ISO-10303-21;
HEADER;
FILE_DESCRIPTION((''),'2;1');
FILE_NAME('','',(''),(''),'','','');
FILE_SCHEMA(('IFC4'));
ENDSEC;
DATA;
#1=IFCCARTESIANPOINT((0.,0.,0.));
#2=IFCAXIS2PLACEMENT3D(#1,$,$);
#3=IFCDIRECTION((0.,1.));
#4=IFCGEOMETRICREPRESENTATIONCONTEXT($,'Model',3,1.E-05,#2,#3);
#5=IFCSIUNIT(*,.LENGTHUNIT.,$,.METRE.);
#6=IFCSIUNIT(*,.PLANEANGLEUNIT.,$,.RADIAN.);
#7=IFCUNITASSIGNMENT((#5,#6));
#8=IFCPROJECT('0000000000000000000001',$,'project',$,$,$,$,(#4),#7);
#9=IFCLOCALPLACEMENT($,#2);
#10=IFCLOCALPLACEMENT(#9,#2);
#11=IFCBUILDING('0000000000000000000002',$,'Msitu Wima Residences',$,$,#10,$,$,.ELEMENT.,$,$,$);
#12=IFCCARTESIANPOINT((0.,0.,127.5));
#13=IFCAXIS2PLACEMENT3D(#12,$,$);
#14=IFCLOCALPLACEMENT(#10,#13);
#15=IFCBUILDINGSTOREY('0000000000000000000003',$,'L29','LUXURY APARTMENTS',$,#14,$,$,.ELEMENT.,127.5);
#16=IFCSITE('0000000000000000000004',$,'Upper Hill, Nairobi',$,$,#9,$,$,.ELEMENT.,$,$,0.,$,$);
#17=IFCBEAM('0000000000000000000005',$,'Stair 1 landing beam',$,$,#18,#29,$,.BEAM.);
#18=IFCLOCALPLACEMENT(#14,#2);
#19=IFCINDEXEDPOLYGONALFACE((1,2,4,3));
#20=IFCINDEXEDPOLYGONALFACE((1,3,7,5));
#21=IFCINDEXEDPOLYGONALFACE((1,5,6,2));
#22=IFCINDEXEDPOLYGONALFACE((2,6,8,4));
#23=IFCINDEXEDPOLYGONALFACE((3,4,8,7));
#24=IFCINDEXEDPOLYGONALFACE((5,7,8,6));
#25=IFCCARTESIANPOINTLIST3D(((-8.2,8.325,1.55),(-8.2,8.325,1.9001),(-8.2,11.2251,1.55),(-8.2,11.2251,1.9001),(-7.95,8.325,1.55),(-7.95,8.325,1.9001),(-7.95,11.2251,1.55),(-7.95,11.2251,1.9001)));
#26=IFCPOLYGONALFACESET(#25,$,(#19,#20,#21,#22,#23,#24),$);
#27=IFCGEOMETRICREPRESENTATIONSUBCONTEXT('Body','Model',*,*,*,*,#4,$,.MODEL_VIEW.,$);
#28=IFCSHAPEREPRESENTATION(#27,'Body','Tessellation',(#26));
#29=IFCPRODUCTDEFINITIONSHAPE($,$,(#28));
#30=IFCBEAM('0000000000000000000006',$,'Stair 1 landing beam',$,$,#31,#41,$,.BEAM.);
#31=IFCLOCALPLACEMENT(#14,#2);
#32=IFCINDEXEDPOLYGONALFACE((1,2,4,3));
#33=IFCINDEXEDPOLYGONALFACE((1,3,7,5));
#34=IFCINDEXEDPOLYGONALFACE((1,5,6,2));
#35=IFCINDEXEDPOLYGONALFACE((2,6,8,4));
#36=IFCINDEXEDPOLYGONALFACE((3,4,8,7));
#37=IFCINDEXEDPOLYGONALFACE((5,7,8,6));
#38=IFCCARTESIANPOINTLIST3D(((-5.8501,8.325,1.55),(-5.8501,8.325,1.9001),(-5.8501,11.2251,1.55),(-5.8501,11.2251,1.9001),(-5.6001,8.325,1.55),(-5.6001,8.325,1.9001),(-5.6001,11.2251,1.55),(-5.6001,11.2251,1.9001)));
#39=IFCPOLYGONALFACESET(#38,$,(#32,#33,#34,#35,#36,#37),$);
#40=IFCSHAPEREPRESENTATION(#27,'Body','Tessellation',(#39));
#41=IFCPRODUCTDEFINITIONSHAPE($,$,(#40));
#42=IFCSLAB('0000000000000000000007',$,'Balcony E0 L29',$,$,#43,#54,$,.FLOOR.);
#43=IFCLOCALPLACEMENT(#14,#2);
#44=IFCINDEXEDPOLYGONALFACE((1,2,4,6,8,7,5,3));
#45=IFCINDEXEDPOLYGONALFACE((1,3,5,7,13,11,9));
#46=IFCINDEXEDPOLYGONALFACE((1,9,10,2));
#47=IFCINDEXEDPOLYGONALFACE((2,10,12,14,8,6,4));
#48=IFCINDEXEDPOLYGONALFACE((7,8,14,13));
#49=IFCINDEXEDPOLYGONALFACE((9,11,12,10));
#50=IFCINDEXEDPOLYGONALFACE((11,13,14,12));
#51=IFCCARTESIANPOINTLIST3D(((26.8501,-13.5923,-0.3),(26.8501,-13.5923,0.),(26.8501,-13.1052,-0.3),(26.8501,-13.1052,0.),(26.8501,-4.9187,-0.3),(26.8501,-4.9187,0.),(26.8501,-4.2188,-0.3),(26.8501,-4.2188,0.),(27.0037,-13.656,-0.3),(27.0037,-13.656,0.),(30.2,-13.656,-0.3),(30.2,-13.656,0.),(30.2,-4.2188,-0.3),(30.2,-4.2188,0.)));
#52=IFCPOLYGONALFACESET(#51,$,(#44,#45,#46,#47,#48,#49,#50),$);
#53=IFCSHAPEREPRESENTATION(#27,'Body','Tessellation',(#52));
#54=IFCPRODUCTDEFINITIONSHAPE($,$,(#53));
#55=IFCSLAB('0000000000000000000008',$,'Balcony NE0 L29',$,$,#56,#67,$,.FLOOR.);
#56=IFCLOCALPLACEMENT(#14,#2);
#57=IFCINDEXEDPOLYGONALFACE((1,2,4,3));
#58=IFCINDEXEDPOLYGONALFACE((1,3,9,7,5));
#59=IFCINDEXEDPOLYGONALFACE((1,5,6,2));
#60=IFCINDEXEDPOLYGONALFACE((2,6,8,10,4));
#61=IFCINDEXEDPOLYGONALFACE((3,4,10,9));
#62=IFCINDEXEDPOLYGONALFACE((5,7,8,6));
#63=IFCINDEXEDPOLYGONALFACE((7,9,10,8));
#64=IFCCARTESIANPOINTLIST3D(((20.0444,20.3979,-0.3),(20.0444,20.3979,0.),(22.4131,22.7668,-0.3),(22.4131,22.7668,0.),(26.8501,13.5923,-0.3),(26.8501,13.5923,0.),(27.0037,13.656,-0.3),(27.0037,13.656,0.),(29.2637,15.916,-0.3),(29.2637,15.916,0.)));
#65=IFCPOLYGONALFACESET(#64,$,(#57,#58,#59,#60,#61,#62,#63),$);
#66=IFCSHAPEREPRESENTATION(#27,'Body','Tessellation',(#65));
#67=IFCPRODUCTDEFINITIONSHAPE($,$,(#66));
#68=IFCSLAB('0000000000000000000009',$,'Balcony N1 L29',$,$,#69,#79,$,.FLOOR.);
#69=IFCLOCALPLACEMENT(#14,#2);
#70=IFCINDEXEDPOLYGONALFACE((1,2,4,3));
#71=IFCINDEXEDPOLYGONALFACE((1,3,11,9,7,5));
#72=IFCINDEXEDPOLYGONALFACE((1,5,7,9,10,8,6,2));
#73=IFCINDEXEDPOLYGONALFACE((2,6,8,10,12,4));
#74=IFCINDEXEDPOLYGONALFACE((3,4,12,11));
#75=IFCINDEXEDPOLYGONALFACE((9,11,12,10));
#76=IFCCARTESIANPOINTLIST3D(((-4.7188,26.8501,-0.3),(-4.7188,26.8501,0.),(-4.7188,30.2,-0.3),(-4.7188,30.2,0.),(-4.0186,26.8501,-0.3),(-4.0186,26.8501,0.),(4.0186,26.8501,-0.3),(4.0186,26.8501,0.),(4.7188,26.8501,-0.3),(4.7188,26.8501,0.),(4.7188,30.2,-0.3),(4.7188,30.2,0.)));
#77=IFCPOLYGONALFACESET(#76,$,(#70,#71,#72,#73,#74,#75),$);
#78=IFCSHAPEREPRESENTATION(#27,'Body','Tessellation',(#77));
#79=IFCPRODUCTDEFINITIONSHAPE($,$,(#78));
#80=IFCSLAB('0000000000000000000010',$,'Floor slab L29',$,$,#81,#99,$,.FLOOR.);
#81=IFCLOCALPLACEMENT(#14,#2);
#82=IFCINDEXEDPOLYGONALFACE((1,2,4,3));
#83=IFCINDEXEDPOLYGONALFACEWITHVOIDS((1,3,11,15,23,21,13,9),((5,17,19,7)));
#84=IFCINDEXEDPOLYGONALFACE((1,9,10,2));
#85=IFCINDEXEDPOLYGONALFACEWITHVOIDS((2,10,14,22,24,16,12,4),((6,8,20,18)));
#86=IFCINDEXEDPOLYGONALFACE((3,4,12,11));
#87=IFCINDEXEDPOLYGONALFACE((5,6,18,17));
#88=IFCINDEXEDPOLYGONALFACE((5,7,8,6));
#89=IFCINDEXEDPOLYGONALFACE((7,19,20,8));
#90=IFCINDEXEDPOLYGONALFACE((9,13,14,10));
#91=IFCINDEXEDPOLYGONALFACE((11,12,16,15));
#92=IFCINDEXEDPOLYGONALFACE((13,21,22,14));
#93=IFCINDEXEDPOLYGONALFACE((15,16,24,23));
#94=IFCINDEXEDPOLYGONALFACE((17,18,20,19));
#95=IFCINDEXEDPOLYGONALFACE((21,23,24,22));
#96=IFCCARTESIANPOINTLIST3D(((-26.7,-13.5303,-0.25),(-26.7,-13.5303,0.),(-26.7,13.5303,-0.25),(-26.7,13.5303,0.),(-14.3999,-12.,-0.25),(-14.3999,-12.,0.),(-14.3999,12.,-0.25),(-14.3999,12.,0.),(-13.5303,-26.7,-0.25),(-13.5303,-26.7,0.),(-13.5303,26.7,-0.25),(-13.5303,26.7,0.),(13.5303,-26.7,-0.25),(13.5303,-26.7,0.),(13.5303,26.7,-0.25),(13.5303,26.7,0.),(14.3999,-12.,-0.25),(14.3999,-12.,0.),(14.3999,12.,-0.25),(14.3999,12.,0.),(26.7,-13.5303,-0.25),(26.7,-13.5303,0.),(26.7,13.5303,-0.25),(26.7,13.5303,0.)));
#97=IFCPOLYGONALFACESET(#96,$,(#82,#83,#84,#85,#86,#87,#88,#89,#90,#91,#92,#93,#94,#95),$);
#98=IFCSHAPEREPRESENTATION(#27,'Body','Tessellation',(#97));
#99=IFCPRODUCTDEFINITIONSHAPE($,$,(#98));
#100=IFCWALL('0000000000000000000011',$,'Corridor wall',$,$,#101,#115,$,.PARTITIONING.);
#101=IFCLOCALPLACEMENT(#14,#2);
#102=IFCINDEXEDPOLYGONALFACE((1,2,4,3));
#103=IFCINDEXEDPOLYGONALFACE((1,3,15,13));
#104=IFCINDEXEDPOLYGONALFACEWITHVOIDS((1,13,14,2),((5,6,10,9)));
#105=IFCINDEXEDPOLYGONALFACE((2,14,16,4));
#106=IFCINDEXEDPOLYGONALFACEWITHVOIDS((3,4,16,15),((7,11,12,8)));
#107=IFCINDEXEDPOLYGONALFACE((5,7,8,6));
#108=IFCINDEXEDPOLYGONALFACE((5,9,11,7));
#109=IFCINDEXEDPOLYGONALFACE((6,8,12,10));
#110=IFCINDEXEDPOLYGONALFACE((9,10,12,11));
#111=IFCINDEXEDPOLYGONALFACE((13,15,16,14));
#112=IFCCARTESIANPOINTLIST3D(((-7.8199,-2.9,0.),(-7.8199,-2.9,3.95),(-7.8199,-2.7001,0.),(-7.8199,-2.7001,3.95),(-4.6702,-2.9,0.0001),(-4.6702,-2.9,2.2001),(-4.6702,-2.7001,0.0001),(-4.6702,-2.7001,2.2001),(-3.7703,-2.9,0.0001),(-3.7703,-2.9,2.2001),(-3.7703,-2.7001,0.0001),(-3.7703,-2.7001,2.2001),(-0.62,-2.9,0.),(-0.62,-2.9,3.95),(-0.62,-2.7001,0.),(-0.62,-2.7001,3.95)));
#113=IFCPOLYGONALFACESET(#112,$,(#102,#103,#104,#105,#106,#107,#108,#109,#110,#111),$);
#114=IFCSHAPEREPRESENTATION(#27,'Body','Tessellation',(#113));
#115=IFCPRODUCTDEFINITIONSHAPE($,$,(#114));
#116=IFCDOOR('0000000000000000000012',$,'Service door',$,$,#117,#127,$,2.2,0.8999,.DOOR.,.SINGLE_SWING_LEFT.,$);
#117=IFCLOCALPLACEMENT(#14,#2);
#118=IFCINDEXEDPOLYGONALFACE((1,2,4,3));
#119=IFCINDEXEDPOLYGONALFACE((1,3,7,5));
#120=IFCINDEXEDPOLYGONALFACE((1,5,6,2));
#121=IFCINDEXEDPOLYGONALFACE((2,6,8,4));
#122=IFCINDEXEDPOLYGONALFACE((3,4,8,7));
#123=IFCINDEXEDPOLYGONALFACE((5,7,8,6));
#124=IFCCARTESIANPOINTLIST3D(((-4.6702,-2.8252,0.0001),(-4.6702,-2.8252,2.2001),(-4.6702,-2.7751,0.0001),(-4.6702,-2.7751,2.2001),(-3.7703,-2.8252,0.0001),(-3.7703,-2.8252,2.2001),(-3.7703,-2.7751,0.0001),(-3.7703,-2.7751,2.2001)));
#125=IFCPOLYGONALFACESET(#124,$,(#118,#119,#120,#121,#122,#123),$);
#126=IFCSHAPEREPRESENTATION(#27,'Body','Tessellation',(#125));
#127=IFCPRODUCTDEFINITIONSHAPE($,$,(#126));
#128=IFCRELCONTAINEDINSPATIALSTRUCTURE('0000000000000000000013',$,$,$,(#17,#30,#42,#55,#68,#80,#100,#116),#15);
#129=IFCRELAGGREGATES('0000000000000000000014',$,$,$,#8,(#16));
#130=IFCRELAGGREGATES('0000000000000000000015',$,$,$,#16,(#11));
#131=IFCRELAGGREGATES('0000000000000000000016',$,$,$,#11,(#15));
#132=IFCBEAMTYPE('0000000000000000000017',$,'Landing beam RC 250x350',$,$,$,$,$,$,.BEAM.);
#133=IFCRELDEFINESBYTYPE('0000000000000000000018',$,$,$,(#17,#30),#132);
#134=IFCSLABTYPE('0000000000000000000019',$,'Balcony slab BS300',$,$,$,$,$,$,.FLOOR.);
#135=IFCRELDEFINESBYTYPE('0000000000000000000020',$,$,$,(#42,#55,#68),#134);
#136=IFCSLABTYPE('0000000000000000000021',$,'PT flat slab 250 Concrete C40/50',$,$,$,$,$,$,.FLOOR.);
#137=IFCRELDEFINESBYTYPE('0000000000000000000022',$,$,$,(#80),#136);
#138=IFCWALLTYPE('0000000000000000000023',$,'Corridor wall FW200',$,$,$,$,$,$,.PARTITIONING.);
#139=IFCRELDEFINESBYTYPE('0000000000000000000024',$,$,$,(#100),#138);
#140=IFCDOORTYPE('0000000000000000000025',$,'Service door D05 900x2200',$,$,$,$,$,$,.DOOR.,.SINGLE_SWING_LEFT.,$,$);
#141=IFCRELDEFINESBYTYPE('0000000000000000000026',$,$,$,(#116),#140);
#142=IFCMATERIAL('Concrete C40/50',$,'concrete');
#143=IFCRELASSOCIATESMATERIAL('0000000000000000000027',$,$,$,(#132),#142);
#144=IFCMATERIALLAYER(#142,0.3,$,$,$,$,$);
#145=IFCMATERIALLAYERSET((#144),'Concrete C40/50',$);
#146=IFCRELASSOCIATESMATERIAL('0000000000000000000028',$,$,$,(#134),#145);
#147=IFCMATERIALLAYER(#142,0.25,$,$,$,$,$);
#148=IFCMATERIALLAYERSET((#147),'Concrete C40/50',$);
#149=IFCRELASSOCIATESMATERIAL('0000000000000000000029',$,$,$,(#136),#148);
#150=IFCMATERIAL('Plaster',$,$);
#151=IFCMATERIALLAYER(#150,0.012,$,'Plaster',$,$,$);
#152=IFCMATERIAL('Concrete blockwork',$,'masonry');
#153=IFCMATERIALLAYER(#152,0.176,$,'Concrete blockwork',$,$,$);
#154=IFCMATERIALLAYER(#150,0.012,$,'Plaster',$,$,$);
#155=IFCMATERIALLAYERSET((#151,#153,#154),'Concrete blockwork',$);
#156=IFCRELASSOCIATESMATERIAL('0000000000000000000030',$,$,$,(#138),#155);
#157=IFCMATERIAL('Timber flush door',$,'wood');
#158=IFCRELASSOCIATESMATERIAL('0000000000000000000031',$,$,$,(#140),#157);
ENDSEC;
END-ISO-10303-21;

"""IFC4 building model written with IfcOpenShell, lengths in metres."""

from ifc_helpers import new_model, si_unit, direction, frame, frame_2d, origin, origin_2d, place, context, subcontext, project, spatial, polyline, rectangle, outline, extrude, material, layer, layer_set, material_profile, profile_set, type_object, element, fill, save


model = new_model("IFC4")

# Units and contexts
model_context = context("Model", 3, precision=1e-05, world=origin(), true_north=direction((0.0, 1.0)))
body_context = subcontext(model_context, "Body", "Model", "MODEL_VIEW")
ifc_project = project(units=[si_unit("LENGTHUNIT", "METRE"), si_unit("PLANEANGLEUNIT", "RADIAN")], contexts=[model_context])

# Site, building, storey
site_placement = place(None, origin())
site = spatial("IfcSite", under=ifc_project, at=site_placement, Name="Upper Hill, Nairobi", CompositionType="ELEMENT", RefElevation=0.0)
building_placement = place(site_placement, origin())
building = spatial("IfcBuilding", under=site, at=building_placement, Name="Msitu Wima Residences", CompositionType="ELEMENT")
storey_placement = place(building_placement, frame((0.0, 0.0, 127.5)))
storey = spatial("IfcBuildingStorey", under=building, at=storey_placement, Name="L29", Description="LUXURY APARTMENTS", CompositionType="ELEMENT", Elevation=127.5)

# Beams
ifc_material_1 = material(Name="Concrete C40/50", Category="concrete")
ifc_material_profile = material_profile(ifc_material_1, rectangle(XDim=0.25, YDim=0.3501, at=origin_2d()), Name="RC 250x350")
ifc_profile_set = profile_set([ifc_material_profile], Name="Concrete C40/50")
beam_type = type_object("IfcBeamType", Name="Landing beam RC 250x350", PredefinedType="BEAM", material=ifc_profile_set)
for number, where, z_axis, x_axis, name in (
    (1, (-8.075, 8.325, 1.7251), (0.0, 1.0, 0.0), (-1.0, 0.0, 0.0), "Stair 1 landing beam"),
    (2, (-5.7251, 8.325, 1.7251), (0.0, 1.0, 0.0), (-1.0, 0.0, 0.0), "Stair 1 landing beam"),
):
    element("IfcBeam", number, at=place(storey_placement, frame(where, z_axis=z_axis, x_axis=x_axis)), inside=storey, type_object=beam_type, Name=name, PredefinedType="BEAM", context=body_context, shape_type="SweptSolid", body=[
        extrude(rectangle(XDim=0.25, YDim=0.3501, at=origin_2d()), origin(), (0.0, 0.0, 1.0), 2.9001),
    ])

# Slabs
ifc_layer_1 = layer(ifc_material_1, 0.3)
ifc_layer_set_1 = layer_set([ifc_layer_1], Name="Concrete C40/50")
slab_type_1 = type_object("IfcSlabType", Name="Balcony slab BS300", PredefinedType="FLOOR", material=ifc_layer_set_1)
slab_1_placement = place(storey_placement, frame((0.0, 0.0, -0.3)))
element("IfcSlab", 3, at=slab_1_placement, inside=storey, type_object=slab_type_1, Name="Balcony E0 L29", PredefinedType="FLOOR", context=body_context, shape_type="SweptSolid", body=[
    extrude(outline(polyline([(26.8501, -13.1052), (26.8501, -13.1052), (26.8501, -4.9187), (26.8501, -4.9187), (26.8501, -4.2188), (30.2, -4.2188), (30.2, -13.656), (27.0037, -13.656), (26.8501, -13.5923), (26.8501, -13.1052), (26.8501, -13.1052)])), origin(), (0.0, 0.0, 1.0), 0.3),
])
slab_2_placement = place(storey_placement, frame((0.0, 0.0, -0.3)))
element("IfcSlab", 4, at=slab_2_placement, inside=storey, type_object=slab_type_1, Name="Balcony NE0 L29", PredefinedType="FLOOR", context=body_context, shape_type="SweptSolid", body=[
    extrude(outline(polyline([(22.4131, 22.7668), (29.2637, 15.916), (27.0037, 13.656), (26.8501, 13.5923), (20.0444, 20.3979), (22.4131, 22.7668)])), origin(), (0.0, 0.0, 1.0), 0.3),
])
slab_3_placement = place(storey_placement, frame((0.0, 0.0, -0.3)))
element("IfcSlab", 5, at=slab_3_placement, inside=storey, type_object=slab_type_1, Name="Balcony N1 L29", PredefinedType="FLOOR", context=body_context, shape_type="SweptSolid", body=[
    extrude(outline(polyline([(-4.0186, 26.8501), (-4.0186, 26.8501), (-4.7188, 26.8501), (-4.7188, 30.2), (4.7188, 30.2), (4.7188, 26.8501), (4.0186, 26.8501), (4.0186, 26.8501), (-4.0186, 26.8501)])), origin(), (0.0, 0.0, 1.0), 0.3),
])
ifc_layer_2 = layer(ifc_material_1, 0.25)
ifc_layer_set_2 = layer_set([ifc_layer_2], Name="Concrete C40/50")
slab_type_2 = type_object("IfcSlabType", Name="PT flat slab 250 Concrete C40/50", PredefinedType="FLOOR", material=ifc_layer_set_2)
slab_4_placement = place(storey_placement, frame((0.0, 0.0, -0.25)))
element("IfcSlab", 6, at=slab_4_placement, inside=storey, type_object=slab_type_2, Name="Floor slab L29", PredefinedType="FLOOR", context=body_context, shape_type="SweptSolid", body=[
    extrude(outline(polyline([(26.7, -13.5303), (13.5303, -26.7), (-13.5303, -26.7), (-26.7, -13.5303), (-26.7, 13.5303), (-13.5303, 26.7), (13.5303, 26.7), (26.7, 13.5303), (26.7, -13.5303)]), holes=[polyline([(-14.3999, -12.0), (14.3999, -12.0), (14.3999, 12.0), (-14.3999, 12.0), (-14.3999, -12.0)])]), origin(), (0.0, 0.0, 1.0), 0.25),
])

# Wall, opening, door
ifc_material_2 = material(Name="Plaster")
ifc_layer_3 = layer(ifc_material_2, 0.012, Name="Plaster")
ifc_material_3 = material(Name="Concrete blockwork", Category="masonry")
ifc_layer_4 = layer(ifc_material_3, 0.176, Name="Concrete blockwork")
ifc_layer_5 = layer(ifc_material_2, 0.012, Name="Plaster")
ifc_layer_set_3 = layer_set([ifc_layer_3, ifc_layer_4, ifc_layer_5], Name="Concrete blockwork")
wall_type_1 = type_object("IfcWallType", Name="Corridor wall FW200", PredefinedType="PARTITIONING", material=ifc_layer_set_3)
wall_1_placement = place(storey_placement, frame((-7.8201, -2.8, 0.0), z_axis=(0.0, 0.0, 1.0), x_axis=(1.0, 0.0, 0.0)))
wall_1 = element("IfcWall", 7, at=wall_1_placement, inside=storey, type_object=wall_type_1, Name="Corridor wall", PredefinedType="PARTITIONING", context=body_context, shape_type="SweptSolid", body=[
    extrude(rectangle(XDim=7.2, YDim=0.2, at=frame_2d((3.6001, 0.0))), origin(), (0.0, 0.0, 1.0), 3.95),
])
opening_1_placement = place(wall_1_placement, frame((3.1499, 0.0, 0.0)))
opening_1 = element("IfcOpeningElement", 8, at=opening_1_placement, cuts=wall_1, PredefinedType="OPENING", context=body_context, shape_type="SweptSolid", body=[
    extrude(rectangle(XDim=0.8999, YDim=2.2, at=frame_2d((0.45, 1.1001))), frame((0.0, 0.1099, 0.0), z_axis=(0.0, -1.0, 0.0), x_axis=(1.0, 0.0, 0.0)), (0.0, 0.0, 1.0), 0.22),
])
ifc_material_4 = material(Name="Timber flush door", Category="wood")
door_type_1 = type_object("IfcDoorType", Name="Service door D05 900x2200", OperationType="SINGLE_SWING_LEFT", PredefinedType="DOOR", material=ifc_material_4)
door_1_placement = place(opening_1_placement, origin())
door_1 = element("IfcDoor", 9, at=door_1_placement, inside=storey, type_object=door_type_1, Name="Service door", OperationType="SINGLE_SWING_LEFT", OverallHeight=2.2, OverallWidth=0.8999, PredefinedType="DOOR", context=body_context, shape_type="SweptSolid", body=[
    extrude(rectangle(XDim=0.8999, YDim=2.2, at=frame_2d((0.45, 1.1001))), frame((0.0, 0.0249, 0.0), z_axis=(0.0, -1.0, 0.0), x_axis=(1.0, 0.0, 0.0)), (0.0, 0.0, 1.0), 0.05),
])
fill(opening_1, door_1)

save(model, "model.ifc")
